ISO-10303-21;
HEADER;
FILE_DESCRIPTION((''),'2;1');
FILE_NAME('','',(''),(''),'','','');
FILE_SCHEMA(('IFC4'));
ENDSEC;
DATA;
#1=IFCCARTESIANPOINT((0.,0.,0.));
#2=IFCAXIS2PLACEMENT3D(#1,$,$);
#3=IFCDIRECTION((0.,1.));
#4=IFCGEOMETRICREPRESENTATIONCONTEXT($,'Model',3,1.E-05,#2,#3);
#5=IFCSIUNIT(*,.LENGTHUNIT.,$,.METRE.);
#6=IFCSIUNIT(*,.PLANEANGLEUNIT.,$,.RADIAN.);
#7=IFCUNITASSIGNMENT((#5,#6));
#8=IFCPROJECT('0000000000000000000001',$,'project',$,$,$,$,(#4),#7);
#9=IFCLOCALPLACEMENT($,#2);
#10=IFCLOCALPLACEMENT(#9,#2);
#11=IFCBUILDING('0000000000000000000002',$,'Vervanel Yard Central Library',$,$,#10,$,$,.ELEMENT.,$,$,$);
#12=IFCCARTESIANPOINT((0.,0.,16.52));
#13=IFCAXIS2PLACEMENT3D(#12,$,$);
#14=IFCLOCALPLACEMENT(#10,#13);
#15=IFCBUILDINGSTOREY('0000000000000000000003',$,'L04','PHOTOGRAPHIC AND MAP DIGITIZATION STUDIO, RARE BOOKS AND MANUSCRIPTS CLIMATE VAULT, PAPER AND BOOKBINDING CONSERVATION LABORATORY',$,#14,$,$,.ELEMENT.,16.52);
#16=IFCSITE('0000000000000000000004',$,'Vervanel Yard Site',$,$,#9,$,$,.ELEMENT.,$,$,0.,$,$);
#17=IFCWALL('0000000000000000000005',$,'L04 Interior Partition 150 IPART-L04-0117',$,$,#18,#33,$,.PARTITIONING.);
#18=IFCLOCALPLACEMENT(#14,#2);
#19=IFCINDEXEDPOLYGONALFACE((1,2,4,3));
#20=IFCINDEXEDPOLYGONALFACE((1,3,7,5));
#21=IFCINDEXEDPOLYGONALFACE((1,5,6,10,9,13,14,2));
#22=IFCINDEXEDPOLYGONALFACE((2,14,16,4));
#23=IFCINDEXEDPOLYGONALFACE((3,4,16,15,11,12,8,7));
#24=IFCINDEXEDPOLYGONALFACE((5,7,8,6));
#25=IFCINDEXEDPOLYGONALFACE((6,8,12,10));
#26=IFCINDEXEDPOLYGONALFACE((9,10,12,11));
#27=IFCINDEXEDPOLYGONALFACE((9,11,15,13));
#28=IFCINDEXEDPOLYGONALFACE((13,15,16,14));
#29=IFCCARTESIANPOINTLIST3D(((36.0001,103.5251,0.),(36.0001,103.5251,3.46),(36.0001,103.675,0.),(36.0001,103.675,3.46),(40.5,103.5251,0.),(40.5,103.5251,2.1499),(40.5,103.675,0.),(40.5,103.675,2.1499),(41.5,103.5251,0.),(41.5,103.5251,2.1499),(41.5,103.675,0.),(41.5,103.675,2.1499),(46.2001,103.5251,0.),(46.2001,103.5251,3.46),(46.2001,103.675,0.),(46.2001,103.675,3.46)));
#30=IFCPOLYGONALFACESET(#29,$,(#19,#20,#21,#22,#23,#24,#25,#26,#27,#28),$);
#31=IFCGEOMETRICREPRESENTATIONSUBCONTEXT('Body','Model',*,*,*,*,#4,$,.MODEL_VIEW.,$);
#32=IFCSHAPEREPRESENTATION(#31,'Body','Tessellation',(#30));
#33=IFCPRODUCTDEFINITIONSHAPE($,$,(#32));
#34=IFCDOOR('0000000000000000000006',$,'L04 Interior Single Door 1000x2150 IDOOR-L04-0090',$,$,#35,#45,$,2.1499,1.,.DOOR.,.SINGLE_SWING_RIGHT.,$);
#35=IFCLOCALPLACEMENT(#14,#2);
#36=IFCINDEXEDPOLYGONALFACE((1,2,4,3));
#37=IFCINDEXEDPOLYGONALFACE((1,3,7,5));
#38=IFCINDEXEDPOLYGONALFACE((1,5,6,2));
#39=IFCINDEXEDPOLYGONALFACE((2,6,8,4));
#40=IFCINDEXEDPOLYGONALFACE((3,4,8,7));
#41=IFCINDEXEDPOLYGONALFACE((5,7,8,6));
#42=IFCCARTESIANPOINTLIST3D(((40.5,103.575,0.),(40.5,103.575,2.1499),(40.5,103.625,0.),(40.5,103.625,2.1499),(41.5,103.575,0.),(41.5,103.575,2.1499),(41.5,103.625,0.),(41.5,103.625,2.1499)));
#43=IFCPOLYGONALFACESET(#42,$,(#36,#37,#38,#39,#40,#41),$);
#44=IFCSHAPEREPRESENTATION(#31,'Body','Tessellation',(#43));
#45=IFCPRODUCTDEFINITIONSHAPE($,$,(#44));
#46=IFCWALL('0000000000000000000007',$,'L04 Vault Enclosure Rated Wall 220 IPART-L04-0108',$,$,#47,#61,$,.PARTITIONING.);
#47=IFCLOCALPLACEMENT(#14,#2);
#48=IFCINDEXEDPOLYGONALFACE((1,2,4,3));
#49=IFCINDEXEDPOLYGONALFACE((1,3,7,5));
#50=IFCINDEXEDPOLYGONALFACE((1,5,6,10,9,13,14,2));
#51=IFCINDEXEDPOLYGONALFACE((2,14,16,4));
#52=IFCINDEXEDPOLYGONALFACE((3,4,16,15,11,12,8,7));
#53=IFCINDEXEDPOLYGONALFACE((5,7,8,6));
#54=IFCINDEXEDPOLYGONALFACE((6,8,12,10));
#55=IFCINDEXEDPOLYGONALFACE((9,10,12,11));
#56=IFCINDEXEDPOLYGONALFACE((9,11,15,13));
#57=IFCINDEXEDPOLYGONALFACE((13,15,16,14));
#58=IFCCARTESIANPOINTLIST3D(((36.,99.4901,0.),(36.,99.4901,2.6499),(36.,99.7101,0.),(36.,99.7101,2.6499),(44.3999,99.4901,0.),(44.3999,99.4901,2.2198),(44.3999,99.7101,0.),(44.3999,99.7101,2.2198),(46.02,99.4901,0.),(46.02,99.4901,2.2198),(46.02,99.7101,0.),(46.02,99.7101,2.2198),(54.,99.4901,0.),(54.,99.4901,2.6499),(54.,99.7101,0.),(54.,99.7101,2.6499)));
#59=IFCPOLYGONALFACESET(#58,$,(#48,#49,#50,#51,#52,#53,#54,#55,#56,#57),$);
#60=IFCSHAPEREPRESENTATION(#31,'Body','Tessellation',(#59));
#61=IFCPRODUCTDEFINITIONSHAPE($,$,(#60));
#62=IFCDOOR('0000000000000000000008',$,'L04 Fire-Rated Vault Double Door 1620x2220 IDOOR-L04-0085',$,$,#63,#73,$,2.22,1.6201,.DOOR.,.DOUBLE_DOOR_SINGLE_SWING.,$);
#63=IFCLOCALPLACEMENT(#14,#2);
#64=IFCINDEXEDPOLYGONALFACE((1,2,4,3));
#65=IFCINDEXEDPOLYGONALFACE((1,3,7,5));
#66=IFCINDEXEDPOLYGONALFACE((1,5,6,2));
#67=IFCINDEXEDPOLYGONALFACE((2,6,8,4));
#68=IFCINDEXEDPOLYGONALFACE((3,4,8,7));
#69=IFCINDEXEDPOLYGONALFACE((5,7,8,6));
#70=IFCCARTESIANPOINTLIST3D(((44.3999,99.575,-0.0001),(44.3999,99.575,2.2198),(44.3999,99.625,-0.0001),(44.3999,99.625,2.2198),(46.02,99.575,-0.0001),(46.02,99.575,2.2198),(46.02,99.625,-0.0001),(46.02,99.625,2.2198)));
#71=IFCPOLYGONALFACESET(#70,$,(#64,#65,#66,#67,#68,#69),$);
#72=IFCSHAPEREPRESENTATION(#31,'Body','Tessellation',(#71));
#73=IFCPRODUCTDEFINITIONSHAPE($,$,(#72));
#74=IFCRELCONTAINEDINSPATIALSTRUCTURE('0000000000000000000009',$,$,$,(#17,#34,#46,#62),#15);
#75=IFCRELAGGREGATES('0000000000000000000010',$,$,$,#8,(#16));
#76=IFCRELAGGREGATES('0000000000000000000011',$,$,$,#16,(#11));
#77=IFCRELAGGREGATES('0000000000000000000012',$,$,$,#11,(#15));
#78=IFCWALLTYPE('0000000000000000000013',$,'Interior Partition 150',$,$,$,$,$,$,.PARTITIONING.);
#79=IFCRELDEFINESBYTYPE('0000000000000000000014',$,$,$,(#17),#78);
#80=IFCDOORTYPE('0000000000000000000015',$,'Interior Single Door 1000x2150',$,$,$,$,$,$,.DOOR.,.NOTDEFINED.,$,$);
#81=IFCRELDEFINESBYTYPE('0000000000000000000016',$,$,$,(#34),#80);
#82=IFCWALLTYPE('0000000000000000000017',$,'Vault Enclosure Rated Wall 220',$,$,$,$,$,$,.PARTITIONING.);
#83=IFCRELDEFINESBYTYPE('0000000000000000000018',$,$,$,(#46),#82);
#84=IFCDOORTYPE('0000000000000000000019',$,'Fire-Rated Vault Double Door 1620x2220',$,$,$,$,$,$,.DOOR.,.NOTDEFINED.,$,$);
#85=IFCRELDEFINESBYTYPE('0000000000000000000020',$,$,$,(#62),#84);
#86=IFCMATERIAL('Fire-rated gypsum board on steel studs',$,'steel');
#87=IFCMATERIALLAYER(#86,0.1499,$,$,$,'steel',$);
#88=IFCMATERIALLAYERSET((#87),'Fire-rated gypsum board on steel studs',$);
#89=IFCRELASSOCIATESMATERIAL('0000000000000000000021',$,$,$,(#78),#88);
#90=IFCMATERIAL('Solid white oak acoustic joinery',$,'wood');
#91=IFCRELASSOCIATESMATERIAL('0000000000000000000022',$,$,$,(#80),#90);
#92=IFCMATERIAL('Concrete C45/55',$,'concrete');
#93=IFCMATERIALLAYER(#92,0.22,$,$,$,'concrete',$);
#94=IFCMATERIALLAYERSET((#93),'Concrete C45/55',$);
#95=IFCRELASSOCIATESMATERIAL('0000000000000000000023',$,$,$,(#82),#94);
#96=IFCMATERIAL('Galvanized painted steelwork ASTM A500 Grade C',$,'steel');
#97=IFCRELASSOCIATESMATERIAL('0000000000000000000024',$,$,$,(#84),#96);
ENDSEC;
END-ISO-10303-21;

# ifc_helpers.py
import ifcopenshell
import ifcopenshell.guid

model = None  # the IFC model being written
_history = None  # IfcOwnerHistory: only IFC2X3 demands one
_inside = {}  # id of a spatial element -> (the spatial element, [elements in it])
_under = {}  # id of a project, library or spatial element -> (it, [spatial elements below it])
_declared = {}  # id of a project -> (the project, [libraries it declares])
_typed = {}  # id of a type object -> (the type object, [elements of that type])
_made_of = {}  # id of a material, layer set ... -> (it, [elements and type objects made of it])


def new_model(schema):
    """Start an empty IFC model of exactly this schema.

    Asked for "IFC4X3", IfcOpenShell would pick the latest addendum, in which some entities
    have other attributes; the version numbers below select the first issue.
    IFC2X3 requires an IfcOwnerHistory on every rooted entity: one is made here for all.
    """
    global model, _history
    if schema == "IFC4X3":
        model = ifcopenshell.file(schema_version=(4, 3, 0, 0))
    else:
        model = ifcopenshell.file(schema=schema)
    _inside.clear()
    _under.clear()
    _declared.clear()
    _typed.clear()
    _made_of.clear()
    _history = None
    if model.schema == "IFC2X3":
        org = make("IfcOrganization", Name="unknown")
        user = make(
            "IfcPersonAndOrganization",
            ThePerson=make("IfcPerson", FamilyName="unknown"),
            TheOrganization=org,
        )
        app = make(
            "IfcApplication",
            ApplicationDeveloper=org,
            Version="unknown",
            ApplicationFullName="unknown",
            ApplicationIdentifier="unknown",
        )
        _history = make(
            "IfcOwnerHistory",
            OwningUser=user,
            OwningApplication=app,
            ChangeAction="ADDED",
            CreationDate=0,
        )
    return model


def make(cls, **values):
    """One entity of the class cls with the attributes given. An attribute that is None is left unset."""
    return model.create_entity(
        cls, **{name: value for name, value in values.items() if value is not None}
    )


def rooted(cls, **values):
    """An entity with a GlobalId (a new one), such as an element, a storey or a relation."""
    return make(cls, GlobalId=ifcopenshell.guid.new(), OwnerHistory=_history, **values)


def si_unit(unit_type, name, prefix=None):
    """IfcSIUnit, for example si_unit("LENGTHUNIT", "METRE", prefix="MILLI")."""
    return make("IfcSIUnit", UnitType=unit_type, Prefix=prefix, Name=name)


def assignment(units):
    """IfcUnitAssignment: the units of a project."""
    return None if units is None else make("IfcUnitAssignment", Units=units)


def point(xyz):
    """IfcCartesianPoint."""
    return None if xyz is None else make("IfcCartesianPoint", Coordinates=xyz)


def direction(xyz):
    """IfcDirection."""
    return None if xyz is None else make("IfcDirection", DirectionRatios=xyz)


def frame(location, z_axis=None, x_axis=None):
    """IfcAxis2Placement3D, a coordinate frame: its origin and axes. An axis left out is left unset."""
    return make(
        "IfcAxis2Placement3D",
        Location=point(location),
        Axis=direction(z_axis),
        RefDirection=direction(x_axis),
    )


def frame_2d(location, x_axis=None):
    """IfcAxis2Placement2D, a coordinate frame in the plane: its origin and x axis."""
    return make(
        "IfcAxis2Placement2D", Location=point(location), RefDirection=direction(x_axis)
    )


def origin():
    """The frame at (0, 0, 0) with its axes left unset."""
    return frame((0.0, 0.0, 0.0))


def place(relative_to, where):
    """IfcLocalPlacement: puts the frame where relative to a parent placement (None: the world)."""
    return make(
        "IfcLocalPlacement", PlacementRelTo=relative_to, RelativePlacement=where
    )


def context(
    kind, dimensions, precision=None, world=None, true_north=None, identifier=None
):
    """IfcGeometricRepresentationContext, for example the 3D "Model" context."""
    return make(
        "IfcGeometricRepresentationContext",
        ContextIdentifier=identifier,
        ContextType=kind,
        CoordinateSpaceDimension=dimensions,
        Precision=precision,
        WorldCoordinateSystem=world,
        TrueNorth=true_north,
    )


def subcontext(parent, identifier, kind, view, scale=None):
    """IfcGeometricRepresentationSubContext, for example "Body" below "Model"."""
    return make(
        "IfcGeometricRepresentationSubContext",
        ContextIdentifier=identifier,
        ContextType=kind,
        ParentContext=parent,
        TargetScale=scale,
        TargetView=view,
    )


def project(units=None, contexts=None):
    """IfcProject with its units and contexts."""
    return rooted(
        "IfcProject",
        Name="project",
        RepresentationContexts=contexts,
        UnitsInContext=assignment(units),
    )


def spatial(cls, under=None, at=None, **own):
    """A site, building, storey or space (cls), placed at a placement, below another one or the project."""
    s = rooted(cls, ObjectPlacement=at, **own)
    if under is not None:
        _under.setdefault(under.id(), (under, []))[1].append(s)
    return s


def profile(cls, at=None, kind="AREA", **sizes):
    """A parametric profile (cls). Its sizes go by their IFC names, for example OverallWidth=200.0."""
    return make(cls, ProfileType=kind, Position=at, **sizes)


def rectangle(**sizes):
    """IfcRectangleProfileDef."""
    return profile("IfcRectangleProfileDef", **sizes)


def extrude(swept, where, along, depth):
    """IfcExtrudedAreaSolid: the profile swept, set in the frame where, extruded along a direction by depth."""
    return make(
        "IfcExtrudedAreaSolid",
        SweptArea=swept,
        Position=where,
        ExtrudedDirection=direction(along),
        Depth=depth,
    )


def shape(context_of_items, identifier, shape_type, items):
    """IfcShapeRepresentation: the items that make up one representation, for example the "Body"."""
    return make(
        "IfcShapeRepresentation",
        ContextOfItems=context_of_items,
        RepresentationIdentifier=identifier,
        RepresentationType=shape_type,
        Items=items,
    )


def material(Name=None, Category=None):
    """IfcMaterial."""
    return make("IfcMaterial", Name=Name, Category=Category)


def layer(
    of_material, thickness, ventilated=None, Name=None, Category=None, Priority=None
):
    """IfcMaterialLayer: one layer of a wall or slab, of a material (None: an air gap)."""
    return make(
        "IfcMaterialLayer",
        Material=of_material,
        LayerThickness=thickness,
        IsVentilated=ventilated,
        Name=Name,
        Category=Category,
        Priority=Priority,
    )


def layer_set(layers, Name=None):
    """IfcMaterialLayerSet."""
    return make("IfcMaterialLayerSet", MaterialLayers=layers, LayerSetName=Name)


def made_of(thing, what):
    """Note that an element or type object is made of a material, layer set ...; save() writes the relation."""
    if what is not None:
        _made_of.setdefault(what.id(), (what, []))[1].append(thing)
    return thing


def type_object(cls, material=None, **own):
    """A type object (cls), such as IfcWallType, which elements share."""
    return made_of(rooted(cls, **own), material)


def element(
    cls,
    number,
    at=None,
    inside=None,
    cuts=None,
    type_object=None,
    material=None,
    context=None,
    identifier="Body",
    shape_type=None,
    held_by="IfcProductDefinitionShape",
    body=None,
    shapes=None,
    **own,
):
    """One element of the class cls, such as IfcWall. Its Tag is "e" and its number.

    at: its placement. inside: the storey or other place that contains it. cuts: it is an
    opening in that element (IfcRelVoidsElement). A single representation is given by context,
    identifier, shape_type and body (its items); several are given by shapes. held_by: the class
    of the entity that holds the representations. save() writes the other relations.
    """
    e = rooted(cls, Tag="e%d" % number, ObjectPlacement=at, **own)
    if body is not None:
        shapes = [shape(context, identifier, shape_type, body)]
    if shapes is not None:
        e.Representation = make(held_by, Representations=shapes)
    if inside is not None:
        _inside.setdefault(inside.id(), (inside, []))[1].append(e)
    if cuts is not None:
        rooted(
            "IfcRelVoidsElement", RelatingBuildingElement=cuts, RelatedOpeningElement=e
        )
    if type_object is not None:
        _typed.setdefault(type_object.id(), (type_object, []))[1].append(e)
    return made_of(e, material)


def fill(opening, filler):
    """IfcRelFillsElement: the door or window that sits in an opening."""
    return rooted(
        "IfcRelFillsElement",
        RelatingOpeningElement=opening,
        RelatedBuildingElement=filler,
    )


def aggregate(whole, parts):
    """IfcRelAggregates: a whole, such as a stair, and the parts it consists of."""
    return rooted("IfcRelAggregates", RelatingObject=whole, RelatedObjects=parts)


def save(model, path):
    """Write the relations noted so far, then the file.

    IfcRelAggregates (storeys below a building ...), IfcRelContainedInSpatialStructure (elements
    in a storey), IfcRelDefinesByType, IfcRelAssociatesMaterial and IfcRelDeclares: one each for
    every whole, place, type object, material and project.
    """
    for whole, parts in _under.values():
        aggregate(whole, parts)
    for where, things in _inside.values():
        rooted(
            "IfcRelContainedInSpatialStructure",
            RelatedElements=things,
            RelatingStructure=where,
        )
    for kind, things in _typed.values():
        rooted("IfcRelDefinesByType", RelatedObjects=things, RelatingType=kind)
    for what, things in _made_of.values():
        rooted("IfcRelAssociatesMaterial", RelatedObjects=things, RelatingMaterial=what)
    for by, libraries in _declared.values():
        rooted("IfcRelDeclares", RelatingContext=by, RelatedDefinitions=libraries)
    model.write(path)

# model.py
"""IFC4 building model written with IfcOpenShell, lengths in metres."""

from ifc_helpers import new_model, si_unit, direction, frame, frame_2d, origin, place, context, subcontext, project, spatial, rectangle, extrude, material, layer, layer_set, type_object, element, fill, save


model = new_model("IFC4")

# Units and contexts
model_context = context("Model", 3, precision=1e-05, world=origin(), true_north=direction((0.0, 1.0)))
body_context = subcontext(model_context, "Body", "Model", "MODEL_VIEW")
ifc_project = project(units=[si_unit("LENGTHUNIT", "METRE"), si_unit("PLANEANGLEUNIT", "RADIAN")], contexts=[model_context])

# Site, building, storey
site_placement = place(None, origin())
site = spatial("IfcSite", under=ifc_project, at=site_placement, Name="Vervanel Yard Site", CompositionType="ELEMENT", RefElevation=0.0)
building_placement = place(site_placement, origin())
building = spatial("IfcBuilding", under=site, at=building_placement, Name="Vervanel Yard Central Library", CompositionType="ELEMENT")
storey_placement = place(building_placement, frame((0.0, 0.0, 16.52)))
storey = spatial("IfcBuildingStorey", under=building, at=storey_placement, Name="L04", Description="PHOTOGRAPHIC AND MAP DIGITIZATION STUDIO, RARE BOOKS AND MANUSCRIPTS CLIMATE VAULT, PAPER AND BOOKBINDING CONSERVATION LABORATORY", CompositionType="ELEMENT", Elevation=16.52)

# Shared definitions
ifc_material_1 = material(Name="Concrete C45/55", Category="concrete")

# Shared definitions
ifc_material_2 = material(Name="Galvanized painted steelwork ASTM A500 Grade C", Category="steel")

# Walls, openings, doors
ifc_material_3 = material(Name="Fire-rated gypsum board on steel studs", Category="steel")
ifc_layer_1 = layer(ifc_material_3, 0.1499, Category="steel")
ifc_layer_set_1 = layer_set([ifc_layer_1], Name="Fire-rated gypsum board on steel studs")
wall_type_1 = type_object("IfcWallType", Name="Interior Partition 150", PredefinedType="PARTITIONING", material=ifc_layer_set_1)
wall_1_placement = place(storey_placement, frame((36.0, 103.6001, 0.0), z_axis=(0.0, 0.0, 1.0), x_axis=(1.0, 0.0, 0.0)))
wall_1 = element("IfcWall", 1, at=wall_1_placement, inside=storey, type_object=wall_type_1, Name="L04 Interior Partition 150 IPART-L04-0117", PredefinedType="PARTITIONING", context=body_context, shape_type="SweptSolid", body=[
    extrude(rectangle(XDim=10.2, YDim=0.1499, at=frame_2d((5.1001, 0.0))), origin(), (0.0, 0.0, 1.0), 3.46),
])
opening_1_placement = place(wall_1_placement, frame((4.5, 0.0, 0.0)))
opening_1 = element("IfcOpeningElement", 2, at=opening_1_placement, cuts=wall_1, PredefinedType="OPENING", context=body_context, shape_type="SweptSolid", body=[
    extrude(rectangle(XDim=1.0, YDim=2.1499, at=frame_2d((0.5, 1.075))), frame((0.0, 0.085, 0.0), z_axis=(0.0, -1.0, 0.0), x_axis=(1.0, 0.0, 0.0)), (0.0, 0.0, 1.0), 0.1699),
])
ifc_material_4 = material(Name="Solid white oak acoustic joinery", Category="wood")
door_type_1 = type_object("IfcDoorType", Name="Interior Single Door 1000x2150", OperationType="NOTDEFINED", PredefinedType="DOOR", material=ifc_material_4)
door_1_placement = place(opening_1_placement, origin())
door_1 = element("IfcDoor", 3, at=door_1_placement, inside=storey, type_object=door_type_1, Name="L04 Interior Single Door 1000x2150 IDOOR-L04-0090", OperationType="SINGLE_SWING_RIGHT", OverallHeight=2.1499, OverallWidth=1.0, PredefinedType="DOOR", context=body_context, shape_type="SweptSolid", body=[
    extrude(rectangle(XDim=1.0, YDim=2.1499, at=frame_2d((0.5, 1.075))), frame((0.0, 0.0249, 0.0), z_axis=(0.0, -1.0, 0.0), x_axis=(1.0, 0.0, 0.0)), (0.0, 0.0, 1.0), 0.05),
])
fill(opening_1, door_1)
ifc_layer_2 = layer(ifc_material_1, 0.22, Category="concrete")
ifc_layer_set_2 = layer_set([ifc_layer_2], Name="Concrete C45/55")
wall_type_2 = type_object("IfcWallType", Name="Vault Enclosure Rated Wall 220", PredefinedType="PARTITIONING", material=ifc_layer_set_2)
wall_2_placement = place(storey_placement, frame((36.0, 99.6001, 0.0), z_axis=(0.0, 0.0, 1.0), x_axis=(1.0, 0.0, 0.0)))
wall_2 = element("IfcWall", 4, at=wall_2_placement, inside=storey, type_object=wall_type_2, Name="L04 Vault Enclosure Rated Wall 220 IPART-L04-0108", PredefinedType="PARTITIONING", context=body_context, shape_type="SweptSolid", body=[
    extrude(rectangle(XDim=18.0, YDim=0.22, at=frame_2d((9.0, 0.0))), origin(), (0.0, 0.0, 1.0), 2.6499),
])
opening_2_placement = place(wall_2_placement, frame((8.3999, 0.0, 0.0)))
opening_2 = element("IfcOpeningElement", 5, at=opening_2_placement, cuts=wall_2, PredefinedType="OPENING", context=body_context, shape_type="SweptSolid", body=[
    extrude(rectangle(XDim=1.6201, YDim=2.22, at=frame_2d((0.8101, 1.1099))), frame((0.0, 0.1199, 0.0), z_axis=(0.0, -1.0, 0.0), x_axis=(1.0, 0.0, 0.0)), (0.0, 0.0, 1.0), 0.24),
])
door_type_2 = type_object("IfcDoorType", Name="Fire-Rated Vault Double Door 1620x2220", OperationType="NOTDEFINED", PredefinedType="DOOR", material=ifc_material_2)
door_2_placement = place(opening_2_placement, origin())
door_2 = element("IfcDoor", 6, at=door_2_placement, inside=storey, type_object=door_type_2, Name="L04 Fire-Rated Vault Double Door 1620x2220 IDOOR-L04-0085", OperationType="DOUBLE_DOOR_SINGLE_SWING", OverallHeight=2.22, OverallWidth=1.6201, PredefinedType="DOOR", context=body_context, shape_type="SweptSolid", body=[
    extrude(rectangle(XDim=1.6201, YDim=2.22, at=frame_2d((0.8101, 1.1099))), frame((0.0, 0.0249, 0.0), z_axis=(0.0, -1.0, 0.0), x_axis=(1.0, 0.0, 0.0)), (0.0, 0.0, 1.0), 0.05),
])
fill(opening_2, door_2)

save(model, "model.ifc")
